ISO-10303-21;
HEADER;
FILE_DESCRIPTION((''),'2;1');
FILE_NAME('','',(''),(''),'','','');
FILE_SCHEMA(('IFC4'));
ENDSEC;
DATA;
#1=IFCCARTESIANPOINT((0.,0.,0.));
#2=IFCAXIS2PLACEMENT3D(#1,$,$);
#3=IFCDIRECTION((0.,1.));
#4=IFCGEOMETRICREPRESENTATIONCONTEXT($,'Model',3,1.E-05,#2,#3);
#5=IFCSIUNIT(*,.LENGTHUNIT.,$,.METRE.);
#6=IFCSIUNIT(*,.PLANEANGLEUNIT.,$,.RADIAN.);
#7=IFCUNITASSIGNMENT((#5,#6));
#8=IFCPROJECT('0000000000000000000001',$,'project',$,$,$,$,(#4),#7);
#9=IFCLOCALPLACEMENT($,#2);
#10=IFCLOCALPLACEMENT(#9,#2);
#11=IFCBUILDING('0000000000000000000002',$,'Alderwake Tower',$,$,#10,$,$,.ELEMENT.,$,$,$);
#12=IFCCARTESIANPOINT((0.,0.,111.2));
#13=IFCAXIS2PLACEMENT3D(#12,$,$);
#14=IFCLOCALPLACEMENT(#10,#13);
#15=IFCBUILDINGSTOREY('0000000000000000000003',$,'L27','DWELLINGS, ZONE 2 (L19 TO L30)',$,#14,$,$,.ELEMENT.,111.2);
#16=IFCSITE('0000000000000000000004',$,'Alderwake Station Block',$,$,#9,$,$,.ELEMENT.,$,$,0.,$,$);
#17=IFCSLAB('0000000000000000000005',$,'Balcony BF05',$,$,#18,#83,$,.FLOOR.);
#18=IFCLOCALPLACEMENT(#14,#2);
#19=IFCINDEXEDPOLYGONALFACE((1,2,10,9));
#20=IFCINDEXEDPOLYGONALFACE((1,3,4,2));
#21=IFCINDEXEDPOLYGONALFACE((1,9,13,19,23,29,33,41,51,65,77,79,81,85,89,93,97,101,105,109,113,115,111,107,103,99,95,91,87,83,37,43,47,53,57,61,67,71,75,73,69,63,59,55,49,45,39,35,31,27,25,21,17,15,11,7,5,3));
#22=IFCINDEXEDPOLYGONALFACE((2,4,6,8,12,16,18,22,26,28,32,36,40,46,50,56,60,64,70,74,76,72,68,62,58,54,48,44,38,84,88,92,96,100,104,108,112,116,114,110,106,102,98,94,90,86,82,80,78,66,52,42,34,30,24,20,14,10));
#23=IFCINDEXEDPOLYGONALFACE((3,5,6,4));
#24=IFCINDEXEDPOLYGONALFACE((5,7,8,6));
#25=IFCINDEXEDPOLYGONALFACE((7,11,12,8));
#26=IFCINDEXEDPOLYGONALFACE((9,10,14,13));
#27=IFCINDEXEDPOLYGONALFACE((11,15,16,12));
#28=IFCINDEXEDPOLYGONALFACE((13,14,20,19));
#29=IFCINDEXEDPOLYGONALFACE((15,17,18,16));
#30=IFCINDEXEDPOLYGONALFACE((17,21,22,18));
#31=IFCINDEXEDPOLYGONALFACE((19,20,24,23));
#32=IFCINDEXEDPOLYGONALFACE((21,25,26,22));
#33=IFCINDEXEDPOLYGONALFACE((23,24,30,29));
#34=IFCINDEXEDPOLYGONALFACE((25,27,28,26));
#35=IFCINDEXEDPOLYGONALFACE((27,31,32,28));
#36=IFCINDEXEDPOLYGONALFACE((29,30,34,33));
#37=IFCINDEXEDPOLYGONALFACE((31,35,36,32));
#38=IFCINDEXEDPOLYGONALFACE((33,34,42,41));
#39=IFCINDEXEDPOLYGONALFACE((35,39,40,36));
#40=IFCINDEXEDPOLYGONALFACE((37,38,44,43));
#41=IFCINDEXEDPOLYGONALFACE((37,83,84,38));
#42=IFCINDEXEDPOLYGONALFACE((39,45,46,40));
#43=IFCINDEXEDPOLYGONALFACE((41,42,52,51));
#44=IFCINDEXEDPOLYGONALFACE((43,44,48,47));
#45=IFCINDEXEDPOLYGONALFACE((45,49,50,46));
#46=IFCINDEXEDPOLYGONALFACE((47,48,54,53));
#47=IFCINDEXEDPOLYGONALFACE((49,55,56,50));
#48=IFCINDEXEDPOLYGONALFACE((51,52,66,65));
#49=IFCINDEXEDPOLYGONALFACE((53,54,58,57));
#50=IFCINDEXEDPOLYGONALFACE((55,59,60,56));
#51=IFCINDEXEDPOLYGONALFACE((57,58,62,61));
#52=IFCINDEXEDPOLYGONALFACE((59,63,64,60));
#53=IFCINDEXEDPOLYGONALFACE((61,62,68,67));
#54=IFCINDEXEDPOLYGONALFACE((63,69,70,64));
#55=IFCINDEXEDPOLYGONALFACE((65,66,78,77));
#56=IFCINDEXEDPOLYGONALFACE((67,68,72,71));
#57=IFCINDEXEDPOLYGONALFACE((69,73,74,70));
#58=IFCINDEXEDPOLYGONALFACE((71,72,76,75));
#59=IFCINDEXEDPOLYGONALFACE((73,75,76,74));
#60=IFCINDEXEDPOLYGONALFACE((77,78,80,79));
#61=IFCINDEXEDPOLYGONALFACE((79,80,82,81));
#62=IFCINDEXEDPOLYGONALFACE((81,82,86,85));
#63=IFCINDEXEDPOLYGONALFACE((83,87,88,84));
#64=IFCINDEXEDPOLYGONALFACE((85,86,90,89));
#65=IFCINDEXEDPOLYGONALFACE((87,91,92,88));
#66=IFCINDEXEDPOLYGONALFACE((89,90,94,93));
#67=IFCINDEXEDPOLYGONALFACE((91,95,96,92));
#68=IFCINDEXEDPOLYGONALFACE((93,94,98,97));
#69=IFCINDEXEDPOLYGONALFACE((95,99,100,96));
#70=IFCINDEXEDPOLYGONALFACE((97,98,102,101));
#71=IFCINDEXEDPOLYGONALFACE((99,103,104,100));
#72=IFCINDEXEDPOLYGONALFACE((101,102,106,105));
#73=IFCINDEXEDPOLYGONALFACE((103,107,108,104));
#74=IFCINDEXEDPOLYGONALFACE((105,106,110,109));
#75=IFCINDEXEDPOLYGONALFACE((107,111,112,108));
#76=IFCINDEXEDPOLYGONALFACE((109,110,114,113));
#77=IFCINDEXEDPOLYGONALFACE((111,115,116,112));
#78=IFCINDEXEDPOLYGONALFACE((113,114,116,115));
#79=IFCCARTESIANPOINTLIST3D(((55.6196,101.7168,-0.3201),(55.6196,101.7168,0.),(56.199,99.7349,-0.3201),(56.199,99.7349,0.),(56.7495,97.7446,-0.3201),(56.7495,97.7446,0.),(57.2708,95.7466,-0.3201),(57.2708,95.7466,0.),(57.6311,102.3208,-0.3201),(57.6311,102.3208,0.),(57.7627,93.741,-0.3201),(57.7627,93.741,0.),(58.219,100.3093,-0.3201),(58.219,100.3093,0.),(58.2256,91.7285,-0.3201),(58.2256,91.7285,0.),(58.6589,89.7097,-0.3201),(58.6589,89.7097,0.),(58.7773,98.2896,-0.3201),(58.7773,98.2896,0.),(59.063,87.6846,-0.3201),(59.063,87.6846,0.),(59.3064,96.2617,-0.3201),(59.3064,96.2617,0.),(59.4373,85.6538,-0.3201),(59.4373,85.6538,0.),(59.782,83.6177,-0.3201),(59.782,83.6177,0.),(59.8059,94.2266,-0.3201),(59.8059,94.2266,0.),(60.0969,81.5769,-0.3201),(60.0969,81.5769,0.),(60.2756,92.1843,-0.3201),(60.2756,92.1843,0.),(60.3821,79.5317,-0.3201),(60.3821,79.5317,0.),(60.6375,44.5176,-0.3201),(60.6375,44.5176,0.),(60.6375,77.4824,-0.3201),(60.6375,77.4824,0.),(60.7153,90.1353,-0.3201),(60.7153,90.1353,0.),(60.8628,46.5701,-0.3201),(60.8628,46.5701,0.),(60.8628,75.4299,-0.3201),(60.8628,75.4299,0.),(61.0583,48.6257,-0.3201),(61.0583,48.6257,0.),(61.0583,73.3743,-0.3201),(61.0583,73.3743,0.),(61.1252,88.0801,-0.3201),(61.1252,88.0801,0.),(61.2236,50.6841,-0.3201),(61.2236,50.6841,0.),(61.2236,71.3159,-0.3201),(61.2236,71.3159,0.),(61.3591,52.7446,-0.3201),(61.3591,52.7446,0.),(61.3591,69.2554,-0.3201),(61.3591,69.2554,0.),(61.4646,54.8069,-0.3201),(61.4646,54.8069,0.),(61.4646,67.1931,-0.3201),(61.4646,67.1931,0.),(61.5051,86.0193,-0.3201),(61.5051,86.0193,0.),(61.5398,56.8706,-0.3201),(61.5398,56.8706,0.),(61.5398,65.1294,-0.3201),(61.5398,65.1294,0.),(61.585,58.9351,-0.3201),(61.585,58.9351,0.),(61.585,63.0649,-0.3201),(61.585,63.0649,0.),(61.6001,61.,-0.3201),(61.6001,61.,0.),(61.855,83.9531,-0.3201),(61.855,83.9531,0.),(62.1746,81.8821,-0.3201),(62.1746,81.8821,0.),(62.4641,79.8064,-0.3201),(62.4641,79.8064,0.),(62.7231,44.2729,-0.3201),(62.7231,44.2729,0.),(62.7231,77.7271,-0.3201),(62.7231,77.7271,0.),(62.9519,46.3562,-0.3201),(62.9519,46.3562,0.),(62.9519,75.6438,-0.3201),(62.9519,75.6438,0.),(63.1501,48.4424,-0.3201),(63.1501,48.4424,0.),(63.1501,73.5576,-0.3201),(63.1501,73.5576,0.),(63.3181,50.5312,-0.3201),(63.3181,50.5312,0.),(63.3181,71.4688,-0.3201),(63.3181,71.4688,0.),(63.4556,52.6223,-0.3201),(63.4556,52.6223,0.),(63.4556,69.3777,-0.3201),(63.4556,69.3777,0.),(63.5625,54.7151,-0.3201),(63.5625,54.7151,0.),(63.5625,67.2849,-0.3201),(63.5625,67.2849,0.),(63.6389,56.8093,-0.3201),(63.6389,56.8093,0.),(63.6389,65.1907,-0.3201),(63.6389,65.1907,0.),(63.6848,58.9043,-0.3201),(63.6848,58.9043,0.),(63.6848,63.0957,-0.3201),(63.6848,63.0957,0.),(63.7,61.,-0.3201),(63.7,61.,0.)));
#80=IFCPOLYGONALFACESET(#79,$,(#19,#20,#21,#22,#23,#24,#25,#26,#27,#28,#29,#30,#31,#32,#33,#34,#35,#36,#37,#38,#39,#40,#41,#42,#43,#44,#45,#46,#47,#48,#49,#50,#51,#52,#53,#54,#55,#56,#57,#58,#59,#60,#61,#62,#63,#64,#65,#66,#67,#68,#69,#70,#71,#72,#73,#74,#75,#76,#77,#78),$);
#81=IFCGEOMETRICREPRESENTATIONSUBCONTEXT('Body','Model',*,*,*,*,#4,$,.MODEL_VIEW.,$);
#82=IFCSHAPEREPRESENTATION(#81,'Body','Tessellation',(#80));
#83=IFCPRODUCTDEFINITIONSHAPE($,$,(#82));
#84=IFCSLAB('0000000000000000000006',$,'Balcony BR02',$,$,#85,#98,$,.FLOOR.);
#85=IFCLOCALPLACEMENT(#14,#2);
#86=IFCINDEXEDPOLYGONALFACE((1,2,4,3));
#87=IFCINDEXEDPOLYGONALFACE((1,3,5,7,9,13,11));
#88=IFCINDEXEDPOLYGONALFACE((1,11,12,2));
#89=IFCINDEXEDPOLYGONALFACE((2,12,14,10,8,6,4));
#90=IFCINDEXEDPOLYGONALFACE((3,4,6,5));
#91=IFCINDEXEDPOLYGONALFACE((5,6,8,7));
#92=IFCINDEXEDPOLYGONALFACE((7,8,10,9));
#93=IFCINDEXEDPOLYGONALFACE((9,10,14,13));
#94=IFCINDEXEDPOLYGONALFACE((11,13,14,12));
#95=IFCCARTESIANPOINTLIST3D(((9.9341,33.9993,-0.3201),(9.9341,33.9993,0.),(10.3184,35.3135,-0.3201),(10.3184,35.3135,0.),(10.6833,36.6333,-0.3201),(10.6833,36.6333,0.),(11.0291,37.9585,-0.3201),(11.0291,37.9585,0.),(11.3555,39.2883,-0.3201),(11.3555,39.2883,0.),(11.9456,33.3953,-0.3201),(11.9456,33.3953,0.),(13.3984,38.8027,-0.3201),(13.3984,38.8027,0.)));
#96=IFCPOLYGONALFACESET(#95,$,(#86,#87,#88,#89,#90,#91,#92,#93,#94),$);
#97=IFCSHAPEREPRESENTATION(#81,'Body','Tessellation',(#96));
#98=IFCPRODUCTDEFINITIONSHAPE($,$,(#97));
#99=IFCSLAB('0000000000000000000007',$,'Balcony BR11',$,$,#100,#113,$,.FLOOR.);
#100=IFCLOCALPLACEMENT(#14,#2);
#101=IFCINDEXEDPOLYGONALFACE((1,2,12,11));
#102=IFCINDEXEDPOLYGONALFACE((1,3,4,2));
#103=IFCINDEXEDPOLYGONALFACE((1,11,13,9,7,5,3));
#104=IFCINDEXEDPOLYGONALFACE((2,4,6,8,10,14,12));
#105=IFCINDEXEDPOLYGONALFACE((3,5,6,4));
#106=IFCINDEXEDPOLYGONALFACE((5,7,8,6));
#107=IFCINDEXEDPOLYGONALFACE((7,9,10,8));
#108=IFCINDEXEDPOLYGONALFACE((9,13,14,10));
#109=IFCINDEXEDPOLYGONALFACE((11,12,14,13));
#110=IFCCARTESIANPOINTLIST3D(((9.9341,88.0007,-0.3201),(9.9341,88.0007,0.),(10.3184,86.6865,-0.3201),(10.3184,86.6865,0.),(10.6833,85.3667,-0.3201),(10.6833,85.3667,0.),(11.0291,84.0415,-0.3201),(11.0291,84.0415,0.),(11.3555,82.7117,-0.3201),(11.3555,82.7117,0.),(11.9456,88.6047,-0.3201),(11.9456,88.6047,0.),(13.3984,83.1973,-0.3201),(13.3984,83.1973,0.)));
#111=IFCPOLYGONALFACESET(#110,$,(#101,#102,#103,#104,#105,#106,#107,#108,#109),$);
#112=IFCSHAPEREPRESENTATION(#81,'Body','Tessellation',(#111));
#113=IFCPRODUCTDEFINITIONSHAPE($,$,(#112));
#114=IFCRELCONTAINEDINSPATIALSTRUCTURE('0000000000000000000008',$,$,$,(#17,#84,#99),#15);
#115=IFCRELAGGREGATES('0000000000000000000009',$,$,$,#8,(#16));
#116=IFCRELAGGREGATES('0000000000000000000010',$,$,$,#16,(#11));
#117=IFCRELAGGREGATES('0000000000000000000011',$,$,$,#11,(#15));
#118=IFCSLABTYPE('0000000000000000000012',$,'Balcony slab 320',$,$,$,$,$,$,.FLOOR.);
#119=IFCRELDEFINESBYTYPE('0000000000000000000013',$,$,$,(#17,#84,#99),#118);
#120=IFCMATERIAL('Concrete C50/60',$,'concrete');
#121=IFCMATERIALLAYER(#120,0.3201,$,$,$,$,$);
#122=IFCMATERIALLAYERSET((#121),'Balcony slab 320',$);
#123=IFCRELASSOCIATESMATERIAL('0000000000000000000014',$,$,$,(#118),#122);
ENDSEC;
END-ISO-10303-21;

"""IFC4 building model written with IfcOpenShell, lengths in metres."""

from ifc_helpers import new_model, si_unit, direction, frame, origin, place, context, subcontext, project, spatial, polyline, outline, extrude, material, layer, layer_set, type_object, element, save


model = new_model("IFC4")

# Units and contexts
model_context = context("Model", 3, precision=1e-05, world=origin(), true_north=direction((0.0, 1.0)))
body_context = subcontext(model_context, "Body", "Model", "MODEL_VIEW")
ifc_project = project(units=[si_unit("LENGTHUNIT", "METRE"), si_unit("PLANEANGLEUNIT", "RADIAN")], contexts=[model_context])

# Site, building, storey
site_placement = place(None, origin())
site = spatial("IfcSite", under=ifc_project, at=site_placement, Name="Alderwake Station Block", CompositionType="ELEMENT", RefElevation=0.0)
building_placement = place(site_placement, origin())
building = spatial("IfcBuilding", under=site, at=building_placement, Name="Alderwake Tower", CompositionType="ELEMENT")
storey_placement = place(building_placement, frame((0.0, 0.0, 111.2)))
storey = spatial("IfcBuildingStorey", under=building, at=storey_placement, Name="L27", Description="DWELLINGS, ZONE 2 (L19 TO L30)", CompositionType="ELEMENT", Elevation=111.2)

# Slabs
ifc_material_1 = material(Name="Concrete C50/60", Category="concrete")
ifc_layer_1 = layer(ifc_material_1, 0.3201)
ifc_layer_set_1 = layer_set([ifc_layer_1], Name="Balcony slab 320")
slab_type_1 = type_object("IfcSlabType", Name="Balcony slab 320", PredefinedType="FLOOR", material=ifc_layer_set_1)
slab_1_placement = place(storey_placement, frame((0.0, 0.0, -0.3201)))
element("IfcSlab", 1, at=slab_1_placement, inside=storey, type_object=slab_type_1, Name="Balcony BF05", PredefinedType="FLOOR", context=body_context, shape_type="SweptSolid", body=[
    extrude(outline(polyline([(62.9519, 46.3562), (63.1501, 48.4424), (63.3181, 50.5312), (63.4556, 52.6223), (63.5625, 54.7151), (63.6389, 56.8093), (63.6848, 58.9043), (63.7, 61.0), (63.6848, 63.0957), (63.6389, 65.1907), (63.5625, 67.2849), (63.4556, 69.3777), (63.3181, 71.4688), (63.1501, 73.5576), (62.9519, 75.6438), (62.7231, 77.7271), (62.4641, 79.8064), (62.1746, 81.8821), (61.855, 83.9531), (61.5051, 86.0193), (61.1252, 88.0801), (60.7153, 90.1353), (60.2756, 92.1843), (59.8059, 94.2266), (59.3064, 96.2617), (58.7773, 98.2896), (58.219, 100.3093), (57.6311, 102.3208), (55.6196, 101.7168), (56.199, 99.7349), (56.7495, 97.7446), (57.2708, 95.7466), (57.7627, 93.741), (58.2256, 91.7285), (58.6589, 89.7097), (59.063, 87.6846), (59.4373, 85.6538), (59.782, 83.6177), (60.0969, 81.5769), (60.3821, 79.5317), (60.6375, 77.4824), (60.8628, 75.4299), (61.0583, 73.3743), (61.2236, 71.3159), (61.3591, 69.2554), (61.4646, 67.1931), (61.5398, 65.1294), (61.585, 63.0649), (61.6001, 61.0), (61.585, 58.9351), (61.5398, 56.8706), (61.4646, 54.8069), (61.3591, 52.7446), (61.2236, 50.6841), (61.0583, 48.6257), (60.8628, 46.5701), (60.6375, 44.5176), (62.7231, 44.2729), (62.9519, 46.3562)])), origin(), (0.0, 0.0, 1.0), 0.3201),
])
slab_2_placement = place(storey_placement, frame((0.0, 0.0, -0.3201)))
element("IfcSlab", 2, at=slab_2_placement, inside=storey, type_object=slab_type_1, Name="Balcony BR02", PredefinedType="FLOOR", context=body_context, shape_type="SweptSolid", body=[
    extrude(outline(polyline([(9.9341, 33.9993), (11.9456, 33.3953), (13.3984, 38.8027), (11.3555, 39.2883), (11.0291, 37.9585), (10.6833, 36.6333), (10.3184, 35.3135), (9.9341, 33.9993)])), origin(), (0.0, 0.0, 1.0), 0.3201),
])
slab_3_placement = place(storey_placement, frame((0.0, 0.0, -0.3201)))
element("IfcSlab", 3, at=slab_3_placement, inside=storey, type_object=slab_type_1, Name="Balcony BR11", PredefinedType="FLOOR", context=body_context, shape_type="SweptSolid", body=[
    extrude(outline(polyline([(11.3555, 82.7117), (13.3984, 83.1973), (11.9456, 88.6047), (9.9341, 88.0007), (10.3184, 86.6865), (10.6833, 85.3667), (11.0291, 84.0415), (11.3555, 82.7117)])), origin(), (0.0, 0.0, 1.0), 0.3201),
])

save(model, "model.ifc")
